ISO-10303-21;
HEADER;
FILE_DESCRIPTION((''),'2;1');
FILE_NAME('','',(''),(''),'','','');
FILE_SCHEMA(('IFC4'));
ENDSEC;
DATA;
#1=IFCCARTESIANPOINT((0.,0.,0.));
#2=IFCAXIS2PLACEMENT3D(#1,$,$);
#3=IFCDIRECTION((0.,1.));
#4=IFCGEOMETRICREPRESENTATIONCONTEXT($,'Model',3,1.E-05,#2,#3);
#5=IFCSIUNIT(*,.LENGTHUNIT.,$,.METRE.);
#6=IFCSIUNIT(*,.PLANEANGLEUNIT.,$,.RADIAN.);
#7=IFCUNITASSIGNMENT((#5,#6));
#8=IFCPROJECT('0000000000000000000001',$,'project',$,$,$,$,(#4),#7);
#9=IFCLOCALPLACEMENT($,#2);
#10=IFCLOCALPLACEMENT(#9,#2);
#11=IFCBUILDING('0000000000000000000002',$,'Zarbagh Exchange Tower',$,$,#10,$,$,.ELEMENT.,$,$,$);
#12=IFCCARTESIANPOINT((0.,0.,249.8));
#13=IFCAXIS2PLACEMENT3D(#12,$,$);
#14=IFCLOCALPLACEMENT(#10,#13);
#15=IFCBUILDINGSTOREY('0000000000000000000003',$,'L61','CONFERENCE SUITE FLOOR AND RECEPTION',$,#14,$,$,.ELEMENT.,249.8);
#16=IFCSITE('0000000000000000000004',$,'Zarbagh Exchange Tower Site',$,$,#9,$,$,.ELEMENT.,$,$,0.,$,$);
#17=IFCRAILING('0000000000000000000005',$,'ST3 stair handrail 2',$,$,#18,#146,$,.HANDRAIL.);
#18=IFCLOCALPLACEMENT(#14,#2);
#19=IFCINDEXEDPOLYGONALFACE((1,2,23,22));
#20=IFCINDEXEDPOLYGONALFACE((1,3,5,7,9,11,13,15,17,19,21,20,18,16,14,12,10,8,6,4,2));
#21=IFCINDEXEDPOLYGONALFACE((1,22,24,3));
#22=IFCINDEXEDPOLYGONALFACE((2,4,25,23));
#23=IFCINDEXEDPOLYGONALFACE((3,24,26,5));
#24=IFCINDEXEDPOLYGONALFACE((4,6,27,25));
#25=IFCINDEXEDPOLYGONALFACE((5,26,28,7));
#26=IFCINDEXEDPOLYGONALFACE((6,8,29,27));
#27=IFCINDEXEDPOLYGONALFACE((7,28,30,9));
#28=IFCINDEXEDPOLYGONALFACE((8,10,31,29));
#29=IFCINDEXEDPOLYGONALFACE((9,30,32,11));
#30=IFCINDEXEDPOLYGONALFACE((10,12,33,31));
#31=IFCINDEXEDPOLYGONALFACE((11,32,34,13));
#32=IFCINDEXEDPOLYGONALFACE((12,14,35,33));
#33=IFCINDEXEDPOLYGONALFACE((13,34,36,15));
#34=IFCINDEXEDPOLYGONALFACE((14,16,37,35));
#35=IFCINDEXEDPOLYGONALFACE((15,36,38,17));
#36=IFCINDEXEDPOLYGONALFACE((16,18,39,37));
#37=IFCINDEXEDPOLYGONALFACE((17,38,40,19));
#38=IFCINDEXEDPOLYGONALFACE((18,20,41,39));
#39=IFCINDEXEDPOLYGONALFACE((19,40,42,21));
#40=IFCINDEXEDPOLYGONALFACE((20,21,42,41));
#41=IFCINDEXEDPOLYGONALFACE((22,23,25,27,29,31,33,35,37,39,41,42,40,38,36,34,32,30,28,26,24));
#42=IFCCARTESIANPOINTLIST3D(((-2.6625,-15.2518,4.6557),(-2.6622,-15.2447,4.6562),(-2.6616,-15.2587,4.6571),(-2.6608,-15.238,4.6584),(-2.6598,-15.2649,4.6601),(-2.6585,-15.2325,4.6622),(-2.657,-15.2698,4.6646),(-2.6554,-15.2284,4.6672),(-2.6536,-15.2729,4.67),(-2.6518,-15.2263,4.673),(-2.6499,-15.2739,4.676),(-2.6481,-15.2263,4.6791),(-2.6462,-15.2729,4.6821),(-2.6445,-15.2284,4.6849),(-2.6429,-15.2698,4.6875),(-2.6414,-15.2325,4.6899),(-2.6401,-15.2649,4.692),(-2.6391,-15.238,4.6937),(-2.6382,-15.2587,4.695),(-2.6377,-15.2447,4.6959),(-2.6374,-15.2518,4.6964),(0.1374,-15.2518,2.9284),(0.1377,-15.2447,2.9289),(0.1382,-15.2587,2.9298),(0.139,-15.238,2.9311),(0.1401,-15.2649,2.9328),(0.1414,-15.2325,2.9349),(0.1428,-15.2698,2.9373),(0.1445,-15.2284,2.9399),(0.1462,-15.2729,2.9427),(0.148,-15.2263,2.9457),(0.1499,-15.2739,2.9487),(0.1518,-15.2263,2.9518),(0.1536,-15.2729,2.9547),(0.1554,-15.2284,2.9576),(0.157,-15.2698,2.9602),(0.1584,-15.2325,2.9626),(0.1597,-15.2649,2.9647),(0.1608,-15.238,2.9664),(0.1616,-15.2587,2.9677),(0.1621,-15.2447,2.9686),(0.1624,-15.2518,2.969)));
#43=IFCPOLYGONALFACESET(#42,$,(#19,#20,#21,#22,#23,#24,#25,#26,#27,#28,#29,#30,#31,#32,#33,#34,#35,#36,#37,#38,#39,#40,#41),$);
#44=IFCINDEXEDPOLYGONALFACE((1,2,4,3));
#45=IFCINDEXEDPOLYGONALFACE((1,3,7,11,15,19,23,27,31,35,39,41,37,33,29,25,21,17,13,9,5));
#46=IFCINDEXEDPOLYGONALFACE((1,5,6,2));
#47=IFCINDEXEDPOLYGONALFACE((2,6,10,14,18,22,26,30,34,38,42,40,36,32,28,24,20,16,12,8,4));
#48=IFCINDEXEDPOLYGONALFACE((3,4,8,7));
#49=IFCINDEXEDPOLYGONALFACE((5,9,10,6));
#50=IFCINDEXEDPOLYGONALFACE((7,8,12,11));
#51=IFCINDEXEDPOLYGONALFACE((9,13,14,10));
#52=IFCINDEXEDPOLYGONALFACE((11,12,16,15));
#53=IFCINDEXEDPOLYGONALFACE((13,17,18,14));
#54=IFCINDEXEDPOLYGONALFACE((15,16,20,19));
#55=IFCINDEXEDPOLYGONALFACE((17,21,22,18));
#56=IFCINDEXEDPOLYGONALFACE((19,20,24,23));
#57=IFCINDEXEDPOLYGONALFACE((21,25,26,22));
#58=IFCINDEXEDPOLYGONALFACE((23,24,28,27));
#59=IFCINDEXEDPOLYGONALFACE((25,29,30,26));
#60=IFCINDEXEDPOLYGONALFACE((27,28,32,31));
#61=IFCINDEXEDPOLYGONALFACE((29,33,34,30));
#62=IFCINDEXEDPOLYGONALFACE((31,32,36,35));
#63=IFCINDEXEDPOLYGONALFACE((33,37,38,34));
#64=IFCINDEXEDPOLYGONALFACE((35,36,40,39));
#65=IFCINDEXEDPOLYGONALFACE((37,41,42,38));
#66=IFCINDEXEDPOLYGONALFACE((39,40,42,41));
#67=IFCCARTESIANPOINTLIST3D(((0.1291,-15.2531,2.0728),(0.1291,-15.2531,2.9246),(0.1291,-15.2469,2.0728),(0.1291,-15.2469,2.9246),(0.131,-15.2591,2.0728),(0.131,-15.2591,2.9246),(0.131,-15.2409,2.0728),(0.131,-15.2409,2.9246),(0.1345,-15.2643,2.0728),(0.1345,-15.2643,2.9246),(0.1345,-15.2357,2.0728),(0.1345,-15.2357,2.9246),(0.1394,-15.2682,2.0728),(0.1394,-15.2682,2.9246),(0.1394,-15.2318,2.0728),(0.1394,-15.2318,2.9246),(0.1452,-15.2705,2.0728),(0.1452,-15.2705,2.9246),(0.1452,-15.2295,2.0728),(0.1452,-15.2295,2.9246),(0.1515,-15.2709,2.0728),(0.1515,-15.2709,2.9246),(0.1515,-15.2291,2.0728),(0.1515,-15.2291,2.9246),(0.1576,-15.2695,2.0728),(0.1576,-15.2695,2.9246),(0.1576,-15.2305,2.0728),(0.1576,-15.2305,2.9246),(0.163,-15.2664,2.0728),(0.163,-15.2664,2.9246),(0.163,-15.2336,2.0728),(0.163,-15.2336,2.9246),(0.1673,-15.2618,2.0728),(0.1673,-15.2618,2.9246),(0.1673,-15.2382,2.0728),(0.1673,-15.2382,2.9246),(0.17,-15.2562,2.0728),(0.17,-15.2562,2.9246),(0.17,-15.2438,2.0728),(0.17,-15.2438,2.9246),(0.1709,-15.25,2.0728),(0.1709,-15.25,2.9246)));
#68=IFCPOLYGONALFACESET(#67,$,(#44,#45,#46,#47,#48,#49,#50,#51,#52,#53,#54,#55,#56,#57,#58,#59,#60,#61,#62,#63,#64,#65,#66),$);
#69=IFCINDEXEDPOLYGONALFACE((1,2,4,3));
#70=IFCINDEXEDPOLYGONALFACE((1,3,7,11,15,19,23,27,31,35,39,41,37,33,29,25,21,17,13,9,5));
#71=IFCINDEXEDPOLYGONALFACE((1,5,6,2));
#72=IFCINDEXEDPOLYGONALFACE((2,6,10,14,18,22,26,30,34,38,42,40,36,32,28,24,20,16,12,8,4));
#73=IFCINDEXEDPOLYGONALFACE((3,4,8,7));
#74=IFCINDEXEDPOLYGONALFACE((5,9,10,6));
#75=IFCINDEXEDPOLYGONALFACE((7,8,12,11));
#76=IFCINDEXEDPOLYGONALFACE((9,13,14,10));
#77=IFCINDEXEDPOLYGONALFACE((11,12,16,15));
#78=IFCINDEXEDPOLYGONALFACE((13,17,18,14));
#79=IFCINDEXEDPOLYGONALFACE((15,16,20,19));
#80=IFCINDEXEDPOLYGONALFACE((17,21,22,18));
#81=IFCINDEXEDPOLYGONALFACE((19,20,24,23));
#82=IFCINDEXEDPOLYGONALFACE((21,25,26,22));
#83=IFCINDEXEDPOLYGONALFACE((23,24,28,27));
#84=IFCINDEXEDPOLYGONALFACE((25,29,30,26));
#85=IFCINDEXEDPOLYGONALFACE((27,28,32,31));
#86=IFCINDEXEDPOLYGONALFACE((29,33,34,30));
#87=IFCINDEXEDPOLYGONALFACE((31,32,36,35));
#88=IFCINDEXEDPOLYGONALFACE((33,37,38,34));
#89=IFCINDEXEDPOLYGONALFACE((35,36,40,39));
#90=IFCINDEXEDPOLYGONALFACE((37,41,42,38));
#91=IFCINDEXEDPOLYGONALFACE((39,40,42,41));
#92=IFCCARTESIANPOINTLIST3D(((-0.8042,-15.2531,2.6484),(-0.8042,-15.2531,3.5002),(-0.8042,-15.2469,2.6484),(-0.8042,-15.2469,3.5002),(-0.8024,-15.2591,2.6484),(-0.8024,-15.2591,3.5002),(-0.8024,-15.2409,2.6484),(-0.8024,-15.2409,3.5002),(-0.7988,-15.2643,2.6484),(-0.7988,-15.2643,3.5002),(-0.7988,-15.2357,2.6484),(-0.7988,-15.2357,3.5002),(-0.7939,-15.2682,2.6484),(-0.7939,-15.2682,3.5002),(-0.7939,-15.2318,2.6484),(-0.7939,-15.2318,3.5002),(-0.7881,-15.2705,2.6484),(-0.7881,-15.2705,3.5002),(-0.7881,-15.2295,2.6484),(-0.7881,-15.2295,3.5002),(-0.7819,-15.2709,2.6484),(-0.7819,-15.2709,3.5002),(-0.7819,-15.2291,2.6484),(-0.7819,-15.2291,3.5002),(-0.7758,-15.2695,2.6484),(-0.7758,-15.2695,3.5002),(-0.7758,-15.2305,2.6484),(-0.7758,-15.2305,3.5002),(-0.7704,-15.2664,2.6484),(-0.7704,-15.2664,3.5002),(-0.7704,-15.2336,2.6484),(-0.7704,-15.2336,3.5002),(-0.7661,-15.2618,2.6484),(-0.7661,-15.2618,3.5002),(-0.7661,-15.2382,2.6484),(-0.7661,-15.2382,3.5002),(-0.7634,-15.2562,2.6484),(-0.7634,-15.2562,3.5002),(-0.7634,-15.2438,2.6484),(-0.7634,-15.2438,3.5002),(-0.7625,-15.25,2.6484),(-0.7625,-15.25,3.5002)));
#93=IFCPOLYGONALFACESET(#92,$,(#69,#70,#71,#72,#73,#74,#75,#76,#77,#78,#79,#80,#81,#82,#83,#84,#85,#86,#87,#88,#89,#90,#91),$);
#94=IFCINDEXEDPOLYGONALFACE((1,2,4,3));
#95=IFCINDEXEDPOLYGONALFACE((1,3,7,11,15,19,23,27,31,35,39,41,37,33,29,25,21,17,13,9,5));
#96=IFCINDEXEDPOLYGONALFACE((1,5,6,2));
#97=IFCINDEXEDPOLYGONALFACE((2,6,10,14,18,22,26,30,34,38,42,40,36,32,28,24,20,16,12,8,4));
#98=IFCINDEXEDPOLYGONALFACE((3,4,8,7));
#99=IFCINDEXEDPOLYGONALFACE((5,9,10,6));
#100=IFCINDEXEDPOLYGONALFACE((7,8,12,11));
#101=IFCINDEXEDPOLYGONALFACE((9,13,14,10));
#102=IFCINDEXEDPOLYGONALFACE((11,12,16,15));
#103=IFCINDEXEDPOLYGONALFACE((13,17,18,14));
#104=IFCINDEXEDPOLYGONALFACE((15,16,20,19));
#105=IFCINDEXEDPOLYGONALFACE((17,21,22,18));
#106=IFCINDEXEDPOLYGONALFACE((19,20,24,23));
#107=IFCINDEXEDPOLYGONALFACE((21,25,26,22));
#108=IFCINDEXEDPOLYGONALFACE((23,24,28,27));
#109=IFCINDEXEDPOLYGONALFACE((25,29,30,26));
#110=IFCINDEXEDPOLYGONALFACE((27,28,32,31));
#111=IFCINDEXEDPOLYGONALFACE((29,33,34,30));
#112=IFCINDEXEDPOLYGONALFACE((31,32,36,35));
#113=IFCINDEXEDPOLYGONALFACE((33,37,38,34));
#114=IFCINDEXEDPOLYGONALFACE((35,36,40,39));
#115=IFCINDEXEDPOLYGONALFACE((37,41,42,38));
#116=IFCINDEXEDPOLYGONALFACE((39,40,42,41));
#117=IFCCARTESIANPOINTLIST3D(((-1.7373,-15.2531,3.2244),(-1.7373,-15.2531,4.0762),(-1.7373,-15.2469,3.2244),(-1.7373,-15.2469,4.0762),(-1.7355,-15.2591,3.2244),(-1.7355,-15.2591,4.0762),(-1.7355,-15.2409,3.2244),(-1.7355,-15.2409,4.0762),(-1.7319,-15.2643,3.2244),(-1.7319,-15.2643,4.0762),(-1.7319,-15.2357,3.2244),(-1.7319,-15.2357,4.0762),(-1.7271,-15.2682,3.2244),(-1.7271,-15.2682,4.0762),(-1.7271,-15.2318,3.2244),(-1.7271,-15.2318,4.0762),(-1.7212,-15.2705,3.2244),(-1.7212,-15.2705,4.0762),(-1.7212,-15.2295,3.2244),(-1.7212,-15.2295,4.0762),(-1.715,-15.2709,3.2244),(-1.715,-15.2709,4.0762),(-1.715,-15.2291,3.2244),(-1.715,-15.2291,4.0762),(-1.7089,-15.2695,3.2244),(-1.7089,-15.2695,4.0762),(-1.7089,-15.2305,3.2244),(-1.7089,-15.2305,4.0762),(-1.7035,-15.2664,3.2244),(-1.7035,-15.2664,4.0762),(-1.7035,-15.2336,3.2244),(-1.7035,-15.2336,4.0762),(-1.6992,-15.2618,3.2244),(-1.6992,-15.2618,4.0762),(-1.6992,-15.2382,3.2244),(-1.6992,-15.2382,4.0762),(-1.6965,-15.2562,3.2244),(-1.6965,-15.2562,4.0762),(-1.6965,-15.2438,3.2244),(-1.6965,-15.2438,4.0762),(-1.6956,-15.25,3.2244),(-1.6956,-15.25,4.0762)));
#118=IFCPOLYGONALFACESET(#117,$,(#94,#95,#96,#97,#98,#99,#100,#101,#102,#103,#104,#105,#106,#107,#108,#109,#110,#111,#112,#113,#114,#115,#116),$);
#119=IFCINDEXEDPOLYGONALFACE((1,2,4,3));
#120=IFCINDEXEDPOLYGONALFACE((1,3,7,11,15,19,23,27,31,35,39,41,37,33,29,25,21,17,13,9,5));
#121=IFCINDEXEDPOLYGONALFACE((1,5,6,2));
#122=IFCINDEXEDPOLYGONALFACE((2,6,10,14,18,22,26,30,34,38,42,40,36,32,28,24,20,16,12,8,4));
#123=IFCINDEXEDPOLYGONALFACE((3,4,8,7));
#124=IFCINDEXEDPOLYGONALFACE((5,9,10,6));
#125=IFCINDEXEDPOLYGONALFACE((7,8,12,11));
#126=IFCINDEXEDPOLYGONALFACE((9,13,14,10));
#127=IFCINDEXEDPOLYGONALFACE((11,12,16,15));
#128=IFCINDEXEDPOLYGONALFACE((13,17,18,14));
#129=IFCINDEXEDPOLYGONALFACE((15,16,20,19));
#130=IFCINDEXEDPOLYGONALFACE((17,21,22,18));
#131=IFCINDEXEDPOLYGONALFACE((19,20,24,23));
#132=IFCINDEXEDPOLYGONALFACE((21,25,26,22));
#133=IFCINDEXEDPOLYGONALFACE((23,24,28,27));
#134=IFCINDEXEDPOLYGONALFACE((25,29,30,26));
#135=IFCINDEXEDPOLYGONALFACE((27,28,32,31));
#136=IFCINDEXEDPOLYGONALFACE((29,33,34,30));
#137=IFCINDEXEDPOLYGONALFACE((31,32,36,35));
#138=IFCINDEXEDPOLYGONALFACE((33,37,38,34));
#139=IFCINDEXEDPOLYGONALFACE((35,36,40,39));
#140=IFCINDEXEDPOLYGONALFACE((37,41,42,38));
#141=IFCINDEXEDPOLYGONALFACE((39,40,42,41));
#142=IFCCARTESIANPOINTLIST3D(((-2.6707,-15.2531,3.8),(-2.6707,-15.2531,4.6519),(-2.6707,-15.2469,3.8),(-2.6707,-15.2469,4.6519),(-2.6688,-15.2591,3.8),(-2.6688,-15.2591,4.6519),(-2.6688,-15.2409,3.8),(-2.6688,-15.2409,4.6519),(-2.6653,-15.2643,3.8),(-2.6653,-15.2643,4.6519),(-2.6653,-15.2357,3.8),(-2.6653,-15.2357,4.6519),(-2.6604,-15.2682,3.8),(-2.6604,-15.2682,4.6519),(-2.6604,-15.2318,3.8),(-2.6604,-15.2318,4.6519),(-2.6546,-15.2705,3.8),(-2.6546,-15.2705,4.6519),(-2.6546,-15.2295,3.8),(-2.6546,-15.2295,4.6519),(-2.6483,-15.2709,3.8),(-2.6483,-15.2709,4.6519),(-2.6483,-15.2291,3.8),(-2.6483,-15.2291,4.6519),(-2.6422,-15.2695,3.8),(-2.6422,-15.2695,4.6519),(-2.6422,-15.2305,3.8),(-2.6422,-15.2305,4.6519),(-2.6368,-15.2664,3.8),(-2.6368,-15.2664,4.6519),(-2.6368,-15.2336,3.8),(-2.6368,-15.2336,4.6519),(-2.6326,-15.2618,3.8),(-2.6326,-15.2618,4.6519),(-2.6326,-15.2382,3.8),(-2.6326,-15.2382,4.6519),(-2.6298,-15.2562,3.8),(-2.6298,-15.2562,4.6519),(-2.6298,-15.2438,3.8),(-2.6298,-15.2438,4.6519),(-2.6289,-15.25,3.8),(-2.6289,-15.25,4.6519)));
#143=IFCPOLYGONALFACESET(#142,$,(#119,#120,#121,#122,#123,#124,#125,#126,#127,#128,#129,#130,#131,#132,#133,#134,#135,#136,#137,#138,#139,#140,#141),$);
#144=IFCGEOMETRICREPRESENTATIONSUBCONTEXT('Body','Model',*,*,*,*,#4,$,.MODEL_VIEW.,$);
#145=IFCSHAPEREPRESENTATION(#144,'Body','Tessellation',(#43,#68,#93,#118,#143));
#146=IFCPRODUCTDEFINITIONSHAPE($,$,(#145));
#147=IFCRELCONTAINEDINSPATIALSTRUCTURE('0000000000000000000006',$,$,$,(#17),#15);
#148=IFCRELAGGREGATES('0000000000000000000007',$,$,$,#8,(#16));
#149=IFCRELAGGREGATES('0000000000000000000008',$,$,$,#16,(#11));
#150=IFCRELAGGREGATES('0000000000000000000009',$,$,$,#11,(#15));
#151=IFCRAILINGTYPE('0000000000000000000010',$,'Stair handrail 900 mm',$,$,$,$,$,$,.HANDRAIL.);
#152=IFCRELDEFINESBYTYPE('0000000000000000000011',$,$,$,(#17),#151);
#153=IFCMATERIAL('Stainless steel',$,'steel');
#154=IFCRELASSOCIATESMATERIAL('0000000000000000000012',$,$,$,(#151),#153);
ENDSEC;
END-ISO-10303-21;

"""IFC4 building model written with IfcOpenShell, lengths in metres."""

from ifc_helpers import new_model, si_unit, direction, frame, origin, origin_2d, place, context, subcontext, project, spatial, circle, extrude, material, type_object, element, save


model = new_model("IFC4")

# Units and contexts
model_context = context("Model", 3, precision=1e-05, world=origin(), true_north=direction((0.0, 1.0)))
body_context = subcontext(model_context, "Body", "Model", "MODEL_VIEW")
ifc_project = project(units=[si_unit("LENGTHUNIT", "METRE"), si_unit("PLANEANGLEUNIT", "RADIAN")], contexts=[model_context])

# Site, building, storey
site_placement = place(None, origin())
site = spatial("IfcSite", under=ifc_project, at=site_placement, Name="Zarbagh Exchange Tower Site", CompositionType="ELEMENT", RefElevation=0.0)
building_placement = place(site_placement, origin())
building = spatial("IfcBuilding", under=site, at=building_placement, Name="Zarbagh Exchange Tower", CompositionType="ELEMENT")
storey_placement = place(building_placement, frame((0.0, 0.0, 249.8)))
storey = spatial("IfcBuildingStorey", under=building, at=storey_placement, Name="L61", Description="CONFERENCE SUITE FLOOR AND RECEPTION", CompositionType="ELEMENT", Elevation=249.8)

# Shared definitions
ifc_material_1 = material(Name="Stainless steel", Category="steel")

# Railing
railing_type = type_object("IfcRailingType", Name="Stair handrail 900 mm", PredefinedType="HANDRAIL", material=ifc_material_1)
railing_1_placement = place(storey_placement, frame((0.1499, -15.25, 2.0728)))
element("IfcRailing", 1, at=railing_1_placement, inside=storey, type_object=railing_type, Name="ST3 stair handrail 2", PredefinedType="HANDRAIL", context=body_context, shape_type="SweptSolid", body=[
    extrude(circle(Radius=0.0239, at=origin_2d()), frame((0.0, 0.0, 0.876), z_axis=(-0.851069, 0.0, 0.525054), x_axis=(0.0, -1.0, 0.0)), (0.0, 0.0, 1.0), 3.2898),
    extrude(circle(Radius=0.021, at=origin_2d()), origin(), (0.0, 0.0, 1.0), 0.8518),
    extrude(circle(Radius=0.021, at=origin_2d()), frame((-0.9333, 0.0, 0.5757)), (0.0, 0.0, 1.0), 0.8518),
    extrude(circle(Radius=0.021, at=origin_2d()), frame((-1.8665, 0.0, 1.1516)), (0.0, 0.0, 1.0), 0.8518),
    extrude(circle(Radius=0.021, at=origin_2d()), frame((-2.7998, 0.0, 1.7273)), (0.0, 0.0, 1.0), 0.8518),
])

save(model, "model.ifc")
